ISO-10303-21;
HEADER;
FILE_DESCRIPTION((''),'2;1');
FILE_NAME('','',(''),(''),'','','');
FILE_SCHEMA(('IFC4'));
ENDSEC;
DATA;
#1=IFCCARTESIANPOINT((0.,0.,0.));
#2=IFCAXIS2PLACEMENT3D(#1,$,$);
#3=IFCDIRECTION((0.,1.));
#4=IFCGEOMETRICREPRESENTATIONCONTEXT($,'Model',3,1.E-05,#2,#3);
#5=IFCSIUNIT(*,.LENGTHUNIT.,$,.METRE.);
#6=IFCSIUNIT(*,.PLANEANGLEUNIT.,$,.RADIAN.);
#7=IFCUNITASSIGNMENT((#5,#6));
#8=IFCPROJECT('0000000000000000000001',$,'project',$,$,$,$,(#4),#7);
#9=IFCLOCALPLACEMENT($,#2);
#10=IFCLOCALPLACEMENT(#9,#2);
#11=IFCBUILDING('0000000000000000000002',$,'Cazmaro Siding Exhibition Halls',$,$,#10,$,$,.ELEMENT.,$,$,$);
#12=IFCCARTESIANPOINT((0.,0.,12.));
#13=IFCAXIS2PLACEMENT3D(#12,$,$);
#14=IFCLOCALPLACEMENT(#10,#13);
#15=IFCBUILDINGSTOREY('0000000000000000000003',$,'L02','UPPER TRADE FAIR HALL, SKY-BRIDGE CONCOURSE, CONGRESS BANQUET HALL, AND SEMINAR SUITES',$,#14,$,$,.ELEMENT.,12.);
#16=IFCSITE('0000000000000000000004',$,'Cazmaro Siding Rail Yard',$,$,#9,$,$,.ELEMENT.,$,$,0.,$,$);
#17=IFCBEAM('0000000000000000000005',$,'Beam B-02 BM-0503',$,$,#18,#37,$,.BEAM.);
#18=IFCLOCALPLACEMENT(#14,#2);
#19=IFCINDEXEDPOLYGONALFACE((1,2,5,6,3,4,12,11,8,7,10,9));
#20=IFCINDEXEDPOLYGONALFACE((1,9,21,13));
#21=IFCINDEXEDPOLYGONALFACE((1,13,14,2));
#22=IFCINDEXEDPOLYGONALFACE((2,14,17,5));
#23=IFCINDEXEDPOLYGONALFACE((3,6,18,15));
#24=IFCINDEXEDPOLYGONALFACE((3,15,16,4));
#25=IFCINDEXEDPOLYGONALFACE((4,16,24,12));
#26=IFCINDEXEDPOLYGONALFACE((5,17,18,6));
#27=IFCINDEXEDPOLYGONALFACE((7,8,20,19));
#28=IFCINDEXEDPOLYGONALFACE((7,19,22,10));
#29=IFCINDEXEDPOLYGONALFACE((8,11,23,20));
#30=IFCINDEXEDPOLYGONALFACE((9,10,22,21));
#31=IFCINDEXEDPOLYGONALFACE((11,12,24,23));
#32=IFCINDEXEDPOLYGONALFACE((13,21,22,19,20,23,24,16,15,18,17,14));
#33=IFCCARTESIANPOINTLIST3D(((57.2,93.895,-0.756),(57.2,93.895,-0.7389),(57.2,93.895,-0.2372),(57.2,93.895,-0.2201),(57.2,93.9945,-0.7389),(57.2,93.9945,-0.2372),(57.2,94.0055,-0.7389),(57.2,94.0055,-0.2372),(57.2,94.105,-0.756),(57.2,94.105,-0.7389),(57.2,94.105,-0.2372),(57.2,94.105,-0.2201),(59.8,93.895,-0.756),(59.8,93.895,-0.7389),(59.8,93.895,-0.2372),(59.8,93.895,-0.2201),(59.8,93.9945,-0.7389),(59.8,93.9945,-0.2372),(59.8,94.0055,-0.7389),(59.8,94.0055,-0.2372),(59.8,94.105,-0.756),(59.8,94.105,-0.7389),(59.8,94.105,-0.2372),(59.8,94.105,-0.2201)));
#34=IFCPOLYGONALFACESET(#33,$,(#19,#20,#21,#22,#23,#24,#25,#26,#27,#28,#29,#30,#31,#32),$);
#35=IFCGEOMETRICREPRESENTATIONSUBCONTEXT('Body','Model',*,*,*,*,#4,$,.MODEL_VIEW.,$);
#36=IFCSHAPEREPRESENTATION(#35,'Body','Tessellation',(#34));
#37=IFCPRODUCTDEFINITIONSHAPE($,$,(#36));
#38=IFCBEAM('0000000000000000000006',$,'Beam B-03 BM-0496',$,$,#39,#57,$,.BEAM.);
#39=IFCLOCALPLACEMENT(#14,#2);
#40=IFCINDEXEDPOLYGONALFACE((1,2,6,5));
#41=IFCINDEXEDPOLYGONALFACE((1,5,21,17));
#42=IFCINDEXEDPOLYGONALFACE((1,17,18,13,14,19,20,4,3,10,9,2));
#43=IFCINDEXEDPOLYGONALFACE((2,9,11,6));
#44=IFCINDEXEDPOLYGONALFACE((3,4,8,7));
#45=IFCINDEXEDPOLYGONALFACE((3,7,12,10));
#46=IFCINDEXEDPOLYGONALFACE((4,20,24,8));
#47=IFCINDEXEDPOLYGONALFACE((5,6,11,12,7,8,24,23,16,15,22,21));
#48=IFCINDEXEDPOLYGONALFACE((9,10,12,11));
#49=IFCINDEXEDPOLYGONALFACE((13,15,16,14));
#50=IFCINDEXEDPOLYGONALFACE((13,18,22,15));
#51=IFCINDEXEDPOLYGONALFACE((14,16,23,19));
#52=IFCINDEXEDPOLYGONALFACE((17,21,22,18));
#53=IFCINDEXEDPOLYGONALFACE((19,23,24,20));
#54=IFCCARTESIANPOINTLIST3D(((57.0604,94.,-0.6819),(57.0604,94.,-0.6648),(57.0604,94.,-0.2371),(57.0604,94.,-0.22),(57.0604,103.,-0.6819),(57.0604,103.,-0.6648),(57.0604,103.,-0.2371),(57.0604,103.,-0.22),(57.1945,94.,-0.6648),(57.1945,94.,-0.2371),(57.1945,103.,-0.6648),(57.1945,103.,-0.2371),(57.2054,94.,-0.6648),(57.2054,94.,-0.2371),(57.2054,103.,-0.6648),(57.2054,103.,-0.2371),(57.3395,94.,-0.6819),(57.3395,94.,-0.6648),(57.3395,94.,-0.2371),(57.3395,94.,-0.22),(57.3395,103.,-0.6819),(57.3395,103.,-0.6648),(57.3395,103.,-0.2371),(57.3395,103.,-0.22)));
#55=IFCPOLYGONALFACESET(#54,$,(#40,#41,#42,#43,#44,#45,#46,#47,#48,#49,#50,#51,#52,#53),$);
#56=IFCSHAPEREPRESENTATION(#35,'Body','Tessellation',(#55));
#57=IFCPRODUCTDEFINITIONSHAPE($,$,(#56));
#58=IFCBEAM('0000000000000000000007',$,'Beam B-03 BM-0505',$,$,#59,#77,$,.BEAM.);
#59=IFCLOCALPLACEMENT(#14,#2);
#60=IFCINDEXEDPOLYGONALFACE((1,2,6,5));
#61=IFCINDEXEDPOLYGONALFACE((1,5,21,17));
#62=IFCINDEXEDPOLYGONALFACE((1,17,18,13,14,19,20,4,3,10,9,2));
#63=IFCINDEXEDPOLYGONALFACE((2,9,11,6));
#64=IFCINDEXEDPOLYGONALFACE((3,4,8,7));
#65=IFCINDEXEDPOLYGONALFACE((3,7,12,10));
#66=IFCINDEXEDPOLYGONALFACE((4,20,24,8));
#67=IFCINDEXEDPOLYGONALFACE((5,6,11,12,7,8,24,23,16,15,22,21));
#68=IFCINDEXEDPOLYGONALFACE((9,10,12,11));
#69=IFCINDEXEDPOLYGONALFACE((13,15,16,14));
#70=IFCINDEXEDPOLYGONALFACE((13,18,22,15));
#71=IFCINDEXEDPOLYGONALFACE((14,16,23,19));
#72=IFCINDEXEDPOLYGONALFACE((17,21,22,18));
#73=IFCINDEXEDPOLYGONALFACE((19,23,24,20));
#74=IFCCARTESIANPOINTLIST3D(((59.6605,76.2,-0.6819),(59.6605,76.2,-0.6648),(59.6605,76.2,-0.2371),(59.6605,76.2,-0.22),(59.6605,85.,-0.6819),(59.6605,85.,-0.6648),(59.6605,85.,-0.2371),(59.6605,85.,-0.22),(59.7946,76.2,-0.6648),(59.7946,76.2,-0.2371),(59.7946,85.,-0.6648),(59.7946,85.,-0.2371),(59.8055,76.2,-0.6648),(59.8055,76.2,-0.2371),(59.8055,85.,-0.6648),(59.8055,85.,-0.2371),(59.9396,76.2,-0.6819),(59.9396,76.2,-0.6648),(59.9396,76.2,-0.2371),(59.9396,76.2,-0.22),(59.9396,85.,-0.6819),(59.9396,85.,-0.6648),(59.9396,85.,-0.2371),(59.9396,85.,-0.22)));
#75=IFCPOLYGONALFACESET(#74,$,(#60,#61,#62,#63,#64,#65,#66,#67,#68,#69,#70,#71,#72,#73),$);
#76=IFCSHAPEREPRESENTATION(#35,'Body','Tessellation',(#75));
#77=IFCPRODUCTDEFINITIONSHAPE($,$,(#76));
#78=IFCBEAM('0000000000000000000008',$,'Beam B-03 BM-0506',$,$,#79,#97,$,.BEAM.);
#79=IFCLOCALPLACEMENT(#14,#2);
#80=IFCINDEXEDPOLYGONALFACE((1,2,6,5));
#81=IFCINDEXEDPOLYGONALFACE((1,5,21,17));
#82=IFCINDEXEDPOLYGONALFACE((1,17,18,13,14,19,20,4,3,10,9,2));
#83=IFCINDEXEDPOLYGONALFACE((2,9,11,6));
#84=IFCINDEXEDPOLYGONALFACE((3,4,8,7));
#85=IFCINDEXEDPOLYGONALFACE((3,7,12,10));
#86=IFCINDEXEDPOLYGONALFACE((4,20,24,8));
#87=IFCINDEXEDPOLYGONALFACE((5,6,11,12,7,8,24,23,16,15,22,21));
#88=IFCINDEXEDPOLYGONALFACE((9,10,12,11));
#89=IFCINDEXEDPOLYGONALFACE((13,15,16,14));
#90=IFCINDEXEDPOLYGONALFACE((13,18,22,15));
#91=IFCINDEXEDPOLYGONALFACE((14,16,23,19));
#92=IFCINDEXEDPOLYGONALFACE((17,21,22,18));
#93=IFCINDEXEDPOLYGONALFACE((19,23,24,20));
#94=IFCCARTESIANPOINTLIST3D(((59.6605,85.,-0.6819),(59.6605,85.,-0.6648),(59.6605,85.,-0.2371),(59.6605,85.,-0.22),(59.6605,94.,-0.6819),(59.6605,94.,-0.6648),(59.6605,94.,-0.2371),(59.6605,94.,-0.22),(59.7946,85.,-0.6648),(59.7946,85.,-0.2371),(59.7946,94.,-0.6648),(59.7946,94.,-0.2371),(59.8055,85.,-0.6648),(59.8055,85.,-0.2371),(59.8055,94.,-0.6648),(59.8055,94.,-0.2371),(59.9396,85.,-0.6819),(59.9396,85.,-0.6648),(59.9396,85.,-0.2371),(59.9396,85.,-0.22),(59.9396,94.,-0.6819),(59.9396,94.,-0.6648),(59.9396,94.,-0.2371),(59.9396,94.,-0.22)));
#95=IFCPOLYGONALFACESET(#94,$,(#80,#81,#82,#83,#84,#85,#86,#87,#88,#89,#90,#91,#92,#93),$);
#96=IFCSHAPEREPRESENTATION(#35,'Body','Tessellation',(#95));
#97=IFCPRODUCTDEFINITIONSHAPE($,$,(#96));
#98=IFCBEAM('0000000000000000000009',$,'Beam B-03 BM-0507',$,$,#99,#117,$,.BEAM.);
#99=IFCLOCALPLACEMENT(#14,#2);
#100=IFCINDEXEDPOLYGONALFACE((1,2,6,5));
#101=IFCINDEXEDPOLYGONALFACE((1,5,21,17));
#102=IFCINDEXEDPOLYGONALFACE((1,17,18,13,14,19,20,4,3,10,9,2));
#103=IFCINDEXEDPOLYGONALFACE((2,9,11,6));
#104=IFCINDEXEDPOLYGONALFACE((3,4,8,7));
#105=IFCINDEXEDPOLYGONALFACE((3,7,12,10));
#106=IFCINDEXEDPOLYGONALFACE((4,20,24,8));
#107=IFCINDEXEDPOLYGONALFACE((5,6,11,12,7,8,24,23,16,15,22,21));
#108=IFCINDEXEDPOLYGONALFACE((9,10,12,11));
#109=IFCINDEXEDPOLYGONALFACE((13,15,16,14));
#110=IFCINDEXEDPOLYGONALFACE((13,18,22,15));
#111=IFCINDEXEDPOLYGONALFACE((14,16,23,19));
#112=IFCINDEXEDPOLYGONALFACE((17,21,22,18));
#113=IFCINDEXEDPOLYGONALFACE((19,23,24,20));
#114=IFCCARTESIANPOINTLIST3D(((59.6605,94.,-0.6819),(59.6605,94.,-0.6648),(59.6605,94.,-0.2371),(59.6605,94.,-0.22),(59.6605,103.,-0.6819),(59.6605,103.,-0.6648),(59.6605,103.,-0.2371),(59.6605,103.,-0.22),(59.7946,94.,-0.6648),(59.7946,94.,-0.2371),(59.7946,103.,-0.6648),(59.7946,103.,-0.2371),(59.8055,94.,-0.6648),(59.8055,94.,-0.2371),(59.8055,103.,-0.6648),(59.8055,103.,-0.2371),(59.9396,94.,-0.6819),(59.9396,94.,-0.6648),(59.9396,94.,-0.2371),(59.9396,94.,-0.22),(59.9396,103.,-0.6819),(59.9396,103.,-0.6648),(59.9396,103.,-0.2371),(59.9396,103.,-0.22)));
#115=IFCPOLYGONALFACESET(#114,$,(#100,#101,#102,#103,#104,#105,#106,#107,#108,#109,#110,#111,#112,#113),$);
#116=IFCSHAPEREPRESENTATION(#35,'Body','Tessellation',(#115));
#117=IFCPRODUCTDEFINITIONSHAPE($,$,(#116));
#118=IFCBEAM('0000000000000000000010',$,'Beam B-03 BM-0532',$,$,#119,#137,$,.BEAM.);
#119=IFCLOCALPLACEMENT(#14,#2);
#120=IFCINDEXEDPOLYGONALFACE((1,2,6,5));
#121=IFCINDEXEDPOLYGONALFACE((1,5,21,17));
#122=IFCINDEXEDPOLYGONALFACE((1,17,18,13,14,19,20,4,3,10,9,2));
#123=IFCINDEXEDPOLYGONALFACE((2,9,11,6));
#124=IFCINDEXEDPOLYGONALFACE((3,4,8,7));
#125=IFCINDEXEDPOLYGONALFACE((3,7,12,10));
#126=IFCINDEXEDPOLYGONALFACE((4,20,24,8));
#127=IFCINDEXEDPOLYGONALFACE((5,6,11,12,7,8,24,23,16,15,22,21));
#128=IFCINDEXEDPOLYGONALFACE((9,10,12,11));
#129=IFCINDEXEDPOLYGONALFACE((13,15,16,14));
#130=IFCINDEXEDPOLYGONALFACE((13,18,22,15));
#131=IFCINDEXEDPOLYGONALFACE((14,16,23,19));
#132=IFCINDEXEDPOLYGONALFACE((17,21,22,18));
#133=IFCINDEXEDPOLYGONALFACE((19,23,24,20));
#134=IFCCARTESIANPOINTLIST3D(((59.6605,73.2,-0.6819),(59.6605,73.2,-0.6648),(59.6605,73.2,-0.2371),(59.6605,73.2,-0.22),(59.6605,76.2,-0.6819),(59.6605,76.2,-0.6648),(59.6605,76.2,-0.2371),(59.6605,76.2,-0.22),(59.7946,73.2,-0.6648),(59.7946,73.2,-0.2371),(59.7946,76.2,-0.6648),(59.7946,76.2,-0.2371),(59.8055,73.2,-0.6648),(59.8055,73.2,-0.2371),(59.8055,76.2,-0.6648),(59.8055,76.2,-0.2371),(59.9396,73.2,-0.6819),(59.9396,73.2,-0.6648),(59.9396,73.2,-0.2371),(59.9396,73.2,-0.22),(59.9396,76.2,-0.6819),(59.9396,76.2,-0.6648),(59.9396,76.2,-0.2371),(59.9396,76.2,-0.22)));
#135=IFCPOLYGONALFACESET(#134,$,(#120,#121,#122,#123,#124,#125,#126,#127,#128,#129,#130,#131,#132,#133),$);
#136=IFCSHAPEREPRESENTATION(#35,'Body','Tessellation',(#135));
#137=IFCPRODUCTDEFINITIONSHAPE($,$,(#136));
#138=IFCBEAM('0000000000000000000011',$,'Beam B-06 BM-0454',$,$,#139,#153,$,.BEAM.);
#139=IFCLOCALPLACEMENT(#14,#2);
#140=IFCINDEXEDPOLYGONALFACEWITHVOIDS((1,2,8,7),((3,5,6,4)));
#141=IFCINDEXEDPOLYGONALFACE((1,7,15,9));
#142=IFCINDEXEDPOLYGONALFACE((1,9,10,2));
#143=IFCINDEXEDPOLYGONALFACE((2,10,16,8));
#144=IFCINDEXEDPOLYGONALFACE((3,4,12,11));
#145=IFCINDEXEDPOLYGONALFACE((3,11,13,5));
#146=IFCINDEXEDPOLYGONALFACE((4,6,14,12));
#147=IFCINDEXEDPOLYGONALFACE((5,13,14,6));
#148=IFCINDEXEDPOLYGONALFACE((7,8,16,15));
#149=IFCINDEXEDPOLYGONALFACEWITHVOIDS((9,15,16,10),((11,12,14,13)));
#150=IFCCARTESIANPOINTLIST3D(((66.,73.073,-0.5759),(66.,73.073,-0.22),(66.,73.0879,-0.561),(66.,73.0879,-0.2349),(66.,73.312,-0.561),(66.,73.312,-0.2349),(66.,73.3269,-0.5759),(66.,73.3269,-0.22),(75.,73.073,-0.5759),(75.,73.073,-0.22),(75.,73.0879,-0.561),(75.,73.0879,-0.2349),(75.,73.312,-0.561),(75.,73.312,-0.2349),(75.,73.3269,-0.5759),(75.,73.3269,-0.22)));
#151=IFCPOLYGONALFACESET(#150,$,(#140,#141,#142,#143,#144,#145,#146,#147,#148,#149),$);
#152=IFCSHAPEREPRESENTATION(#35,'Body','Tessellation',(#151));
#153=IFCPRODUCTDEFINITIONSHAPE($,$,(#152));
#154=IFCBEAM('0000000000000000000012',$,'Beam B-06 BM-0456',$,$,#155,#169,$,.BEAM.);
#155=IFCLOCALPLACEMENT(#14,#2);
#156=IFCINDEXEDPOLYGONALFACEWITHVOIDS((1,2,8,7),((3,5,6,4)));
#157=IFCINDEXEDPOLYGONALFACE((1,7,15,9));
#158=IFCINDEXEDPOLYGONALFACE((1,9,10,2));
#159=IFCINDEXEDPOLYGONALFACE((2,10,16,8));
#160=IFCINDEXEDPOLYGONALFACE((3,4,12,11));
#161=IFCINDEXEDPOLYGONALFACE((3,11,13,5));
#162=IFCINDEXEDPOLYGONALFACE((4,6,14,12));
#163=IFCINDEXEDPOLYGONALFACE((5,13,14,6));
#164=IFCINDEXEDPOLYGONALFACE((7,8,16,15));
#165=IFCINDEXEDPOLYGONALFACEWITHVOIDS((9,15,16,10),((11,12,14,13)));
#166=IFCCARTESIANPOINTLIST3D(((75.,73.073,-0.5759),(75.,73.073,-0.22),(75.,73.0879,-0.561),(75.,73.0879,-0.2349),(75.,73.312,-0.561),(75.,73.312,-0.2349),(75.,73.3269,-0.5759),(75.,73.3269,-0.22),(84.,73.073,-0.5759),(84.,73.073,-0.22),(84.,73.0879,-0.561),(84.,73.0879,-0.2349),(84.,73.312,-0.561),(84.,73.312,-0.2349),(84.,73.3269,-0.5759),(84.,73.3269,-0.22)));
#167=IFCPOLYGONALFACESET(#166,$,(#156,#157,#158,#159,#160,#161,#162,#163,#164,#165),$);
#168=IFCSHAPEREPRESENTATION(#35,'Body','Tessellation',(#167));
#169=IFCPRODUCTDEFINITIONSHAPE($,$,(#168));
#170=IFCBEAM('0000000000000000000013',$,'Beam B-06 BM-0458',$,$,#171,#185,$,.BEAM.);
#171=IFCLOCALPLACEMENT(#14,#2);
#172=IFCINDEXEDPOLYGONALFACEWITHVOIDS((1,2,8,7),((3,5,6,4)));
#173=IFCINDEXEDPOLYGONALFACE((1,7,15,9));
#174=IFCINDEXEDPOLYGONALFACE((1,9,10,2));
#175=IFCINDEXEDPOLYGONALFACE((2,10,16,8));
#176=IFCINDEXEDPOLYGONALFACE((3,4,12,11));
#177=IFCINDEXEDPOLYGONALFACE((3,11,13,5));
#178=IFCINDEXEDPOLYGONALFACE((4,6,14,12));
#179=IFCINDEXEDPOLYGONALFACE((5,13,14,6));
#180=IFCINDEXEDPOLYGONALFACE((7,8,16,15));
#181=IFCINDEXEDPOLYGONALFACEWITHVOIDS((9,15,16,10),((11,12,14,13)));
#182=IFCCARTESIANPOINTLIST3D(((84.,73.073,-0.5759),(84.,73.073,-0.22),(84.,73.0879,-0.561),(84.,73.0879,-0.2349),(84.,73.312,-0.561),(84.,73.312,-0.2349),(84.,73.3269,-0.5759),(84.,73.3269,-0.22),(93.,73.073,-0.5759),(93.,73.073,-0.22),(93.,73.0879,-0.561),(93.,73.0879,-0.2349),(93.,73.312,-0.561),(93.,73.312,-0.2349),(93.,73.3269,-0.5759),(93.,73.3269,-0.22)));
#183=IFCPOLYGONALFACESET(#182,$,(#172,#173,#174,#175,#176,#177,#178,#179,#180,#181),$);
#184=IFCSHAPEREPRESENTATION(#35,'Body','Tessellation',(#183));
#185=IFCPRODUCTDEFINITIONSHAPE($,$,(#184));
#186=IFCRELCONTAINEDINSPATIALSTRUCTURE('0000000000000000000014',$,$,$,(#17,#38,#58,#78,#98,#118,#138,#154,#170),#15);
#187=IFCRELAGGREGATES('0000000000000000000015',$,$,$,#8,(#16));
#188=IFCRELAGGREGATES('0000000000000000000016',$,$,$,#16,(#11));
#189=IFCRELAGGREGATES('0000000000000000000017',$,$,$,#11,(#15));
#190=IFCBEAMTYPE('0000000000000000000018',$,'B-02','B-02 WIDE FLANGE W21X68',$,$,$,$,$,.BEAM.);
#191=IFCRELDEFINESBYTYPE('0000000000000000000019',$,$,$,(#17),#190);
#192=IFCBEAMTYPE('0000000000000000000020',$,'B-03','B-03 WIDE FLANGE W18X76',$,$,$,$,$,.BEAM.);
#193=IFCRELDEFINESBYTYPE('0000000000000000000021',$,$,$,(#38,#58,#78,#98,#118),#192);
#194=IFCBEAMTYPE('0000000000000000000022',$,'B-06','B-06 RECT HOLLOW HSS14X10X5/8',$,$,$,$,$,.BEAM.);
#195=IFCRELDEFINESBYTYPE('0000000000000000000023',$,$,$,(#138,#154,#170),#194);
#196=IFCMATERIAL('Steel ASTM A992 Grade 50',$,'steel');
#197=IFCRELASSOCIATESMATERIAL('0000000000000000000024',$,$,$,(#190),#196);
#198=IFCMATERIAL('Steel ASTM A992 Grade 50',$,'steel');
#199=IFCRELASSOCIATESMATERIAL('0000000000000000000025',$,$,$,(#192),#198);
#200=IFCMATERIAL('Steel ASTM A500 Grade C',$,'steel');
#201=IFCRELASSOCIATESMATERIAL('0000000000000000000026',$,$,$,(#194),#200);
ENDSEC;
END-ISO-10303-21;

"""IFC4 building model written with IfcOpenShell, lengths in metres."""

from ifc_helpers import new_model, si_unit, direction, frame, origin, origin_2d, place, context, subcontext, project, spatial, hollow_rectangle, i_section, extrude, material, material_profile, profile_set, type_object, element, save


model = new_model("IFC4")

# Units and contexts
model_context = context("Model", 3, precision=1e-05, world=origin(), true_north=direction((0.0, 1.0)))
body_context = subcontext(model_context, "Body", "Model", "MODEL_VIEW")
ifc_project = project(units=[si_unit("LENGTHUNIT", "METRE"), si_unit("PLANEANGLEUNIT", "RADIAN")], contexts=[model_context])

# Site, building, storey
site_placement = place(None, origin())
site = spatial("IfcSite", under=ifc_project, at=site_placement, Name="Cazmaro Siding Rail Yard", CompositionType="ELEMENT", RefElevation=0.0)
building_placement = place(site_placement, origin())
building = spatial("IfcBuilding", under=site, at=building_placement, Name="Cazmaro Siding Exhibition Halls", CompositionType="ELEMENT")
storey_placement = place(building_placement, frame((0.0, 0.0, 12.0)))
storey = spatial("IfcBuildingStorey", under=building, at=storey_placement, Name="L02", Description="UPPER TRADE FAIR HALL, SKY-BRIDGE CONCOURSE, CONGRESS BANQUET HALL, AND SEMINAR SUITES", CompositionType="ELEMENT", Elevation=12.0)

# Beams
ifc_material_1 = material(Name="Steel ASTM A992 Grade 50", Category="steel")
ifc_material_profile_1 = material_profile(ifc_material_1, i_section(OverallWidth=0.21, OverallDepth=0.5359, WebThickness=0.011, FlangeThickness=0.0171, at=origin_2d()), Name="W21X68")
ifc_profile_set_1 = profile_set([ifc_material_profile_1], Name="Steel ASTM A992 Grade 50")
beam_type_1 = type_object("IfcBeamType", Name="B-02", Description="B-02 WIDE FLANGE W21X68", PredefinedType="BEAM", material=ifc_profile_set_1)
beam_1_placement = place(storey_placement, frame((57.2, 94.0, -0.488), z_axis=(1.0, 0.0, 0.0), x_axis=(0.0, 1.0, 0.0)))
element("IfcBeam", 1, at=beam_1_placement, inside=storey, type_object=beam_type_1, Name="Beam B-02 BM-0503", PredefinedType="BEAM", context=body_context, shape_type="SweptSolid", body=[
    extrude(i_section(OverallWidth=0.21, OverallDepth=0.5359, WebThickness=0.011, FlangeThickness=0.0171, at=origin_2d()), origin(), (0.0, 0.0, 1.0), 2.6001),
])
ifc_material_2 = material(Name="Steel ASTM A992 Grade 50", Category="steel")
ifc_material_profile_2 = material_profile(ifc_material_2, i_section(OverallWidth=0.2791, OverallDepth=0.4619, WebThickness=0.011, FlangeThickness=0.0171, at=origin_2d()), Name="W18X76")
ifc_profile_set_2 = profile_set([ifc_material_profile_2], Name="Steel ASTM A992 Grade 50")
beam_type_2 = type_object("IfcBeamType", Name="B-03", Description="B-03 WIDE FLANGE W18X76", PredefinedType="BEAM", material=ifc_profile_set_2)
beam_2_placement = place(storey_placement, frame((57.2, 94.0, -0.4509), z_axis=(0.0, 1.0, 0.0), x_axis=(-1.0, 0.0, 0.0)))
element("IfcBeam", 2, at=beam_2_placement, inside=storey, type_object=beam_type_2, Name="Beam B-03 BM-0496", PredefinedType="BEAM", context=body_context, shape_type="SweptSolid", body=[
    extrude(i_section(OverallWidth=0.2791, OverallDepth=0.4619, WebThickness=0.011, FlangeThickness=0.0171, at=origin_2d()), origin(), (0.0, 0.0, 1.0), 9.0),
])
beam_3_placement = place(storey_placement, frame((59.8, 76.2, -0.4509), z_axis=(0.0, 1.0, 0.0), x_axis=(-1.0, 0.0, 0.0)))
element("IfcBeam", 3, at=beam_3_placement, inside=storey, type_object=beam_type_2, Name="Beam B-03 BM-0505", PredefinedType="BEAM", context=body_context, shape_type="SweptSolid", body=[
    extrude(i_section(OverallWidth=0.2791, OverallDepth=0.4619, WebThickness=0.011, FlangeThickness=0.0171, at=origin_2d()), origin(), (0.0, 0.0, 1.0), 8.8),
])
for number, where, z_axis, x_axis, name in (
    (4, (59.8, 85.0, -0.4509), (0.0, 1.0, 0.0), (-1.0, 0.0, 0.0), "Beam B-03 BM-0506"),
    (5, (59.8, 94.0, -0.4509), (0.0, 1.0, 0.0), (-1.0, 0.0, 0.0), "Beam B-03 BM-0507"),
):
    element("IfcBeam", number, at=place(storey_placement, frame(where, z_axis=z_axis, x_axis=x_axis)), inside=storey, type_object=beam_type_2, Name=name, PredefinedType="BEAM", context=body_context, shape_type="SweptSolid", body=[
        extrude(i_section(OverallWidth=0.2791, OverallDepth=0.4619, WebThickness=0.011, FlangeThickness=0.0171, at=origin_2d()), origin(), (0.0, 0.0, 1.0), 9.0),
    ])
beam_4_placement = place(storey_placement, frame((59.8, 73.2, -0.4509), z_axis=(0.0, 1.0, 0.0), x_axis=(-1.0, 0.0, 0.0)))
element("IfcBeam", 6, at=beam_4_placement, inside=storey, type_object=beam_type_2, Name="Beam B-03 BM-0532", PredefinedType="BEAM", context=body_context, shape_type="SweptSolid", body=[
    extrude(i_section(OverallWidth=0.2791, OverallDepth=0.4619, WebThickness=0.011, FlangeThickness=0.0171, at=origin_2d()), origin(), (0.0, 0.0, 1.0), 3.0),
])
ifc_material_3 = material(Name="Steel ASTM A500 Grade C", Category="steel")
ifc_material_profile_3 = material_profile(ifc_material_3, hollow_rectangle(XDim=0.2539, YDim=0.356, WallThickness=0.0149, at=origin_2d()), Name="HSS14X10X5/8")
ifc_profile_set_3 = profile_set([ifc_material_profile_3], Name="Steel ASTM A500 Grade C")
beam_type_3 = type_object("IfcBeamType", Name="B-06", Description="B-06 RECT HOLLOW HSS14X10X5/8", PredefinedType="BEAM", material=ifc_profile_set_3)
for number, where, z_axis, x_axis, name in (
    (7, (66.0, 73.2, -0.3979), (1.0, 0.0, 0.0), (0.0, 1.0, 0.0), "Beam B-06 BM-0454"),
    (8, (75.0, 73.2, -0.3979), (1.0, 0.0, 0.0), (0.0, 1.0, 0.0), "Beam B-06 BM-0456"),
    (9, (84.0, 73.2, -0.3979), (1.0, 0.0, 0.0), (0.0, 1.0, 0.0), "Beam B-06 BM-0458"),
):
    element("IfcBeam", number, at=place(storey_placement, frame(where, z_axis=z_axis, x_axis=x_axis)), inside=storey, type_object=beam_type_3, Name=name, PredefinedType="BEAM", context=body_context, shape_type="SweptSolid", body=[
        extrude(hollow_rectangle(XDim=0.2539, YDim=0.356, WallThickness=0.0149, at=origin_2d()), origin(), (0.0, 0.0, 1.0), 9.0),
    ])

save(model, "model.ifc")
